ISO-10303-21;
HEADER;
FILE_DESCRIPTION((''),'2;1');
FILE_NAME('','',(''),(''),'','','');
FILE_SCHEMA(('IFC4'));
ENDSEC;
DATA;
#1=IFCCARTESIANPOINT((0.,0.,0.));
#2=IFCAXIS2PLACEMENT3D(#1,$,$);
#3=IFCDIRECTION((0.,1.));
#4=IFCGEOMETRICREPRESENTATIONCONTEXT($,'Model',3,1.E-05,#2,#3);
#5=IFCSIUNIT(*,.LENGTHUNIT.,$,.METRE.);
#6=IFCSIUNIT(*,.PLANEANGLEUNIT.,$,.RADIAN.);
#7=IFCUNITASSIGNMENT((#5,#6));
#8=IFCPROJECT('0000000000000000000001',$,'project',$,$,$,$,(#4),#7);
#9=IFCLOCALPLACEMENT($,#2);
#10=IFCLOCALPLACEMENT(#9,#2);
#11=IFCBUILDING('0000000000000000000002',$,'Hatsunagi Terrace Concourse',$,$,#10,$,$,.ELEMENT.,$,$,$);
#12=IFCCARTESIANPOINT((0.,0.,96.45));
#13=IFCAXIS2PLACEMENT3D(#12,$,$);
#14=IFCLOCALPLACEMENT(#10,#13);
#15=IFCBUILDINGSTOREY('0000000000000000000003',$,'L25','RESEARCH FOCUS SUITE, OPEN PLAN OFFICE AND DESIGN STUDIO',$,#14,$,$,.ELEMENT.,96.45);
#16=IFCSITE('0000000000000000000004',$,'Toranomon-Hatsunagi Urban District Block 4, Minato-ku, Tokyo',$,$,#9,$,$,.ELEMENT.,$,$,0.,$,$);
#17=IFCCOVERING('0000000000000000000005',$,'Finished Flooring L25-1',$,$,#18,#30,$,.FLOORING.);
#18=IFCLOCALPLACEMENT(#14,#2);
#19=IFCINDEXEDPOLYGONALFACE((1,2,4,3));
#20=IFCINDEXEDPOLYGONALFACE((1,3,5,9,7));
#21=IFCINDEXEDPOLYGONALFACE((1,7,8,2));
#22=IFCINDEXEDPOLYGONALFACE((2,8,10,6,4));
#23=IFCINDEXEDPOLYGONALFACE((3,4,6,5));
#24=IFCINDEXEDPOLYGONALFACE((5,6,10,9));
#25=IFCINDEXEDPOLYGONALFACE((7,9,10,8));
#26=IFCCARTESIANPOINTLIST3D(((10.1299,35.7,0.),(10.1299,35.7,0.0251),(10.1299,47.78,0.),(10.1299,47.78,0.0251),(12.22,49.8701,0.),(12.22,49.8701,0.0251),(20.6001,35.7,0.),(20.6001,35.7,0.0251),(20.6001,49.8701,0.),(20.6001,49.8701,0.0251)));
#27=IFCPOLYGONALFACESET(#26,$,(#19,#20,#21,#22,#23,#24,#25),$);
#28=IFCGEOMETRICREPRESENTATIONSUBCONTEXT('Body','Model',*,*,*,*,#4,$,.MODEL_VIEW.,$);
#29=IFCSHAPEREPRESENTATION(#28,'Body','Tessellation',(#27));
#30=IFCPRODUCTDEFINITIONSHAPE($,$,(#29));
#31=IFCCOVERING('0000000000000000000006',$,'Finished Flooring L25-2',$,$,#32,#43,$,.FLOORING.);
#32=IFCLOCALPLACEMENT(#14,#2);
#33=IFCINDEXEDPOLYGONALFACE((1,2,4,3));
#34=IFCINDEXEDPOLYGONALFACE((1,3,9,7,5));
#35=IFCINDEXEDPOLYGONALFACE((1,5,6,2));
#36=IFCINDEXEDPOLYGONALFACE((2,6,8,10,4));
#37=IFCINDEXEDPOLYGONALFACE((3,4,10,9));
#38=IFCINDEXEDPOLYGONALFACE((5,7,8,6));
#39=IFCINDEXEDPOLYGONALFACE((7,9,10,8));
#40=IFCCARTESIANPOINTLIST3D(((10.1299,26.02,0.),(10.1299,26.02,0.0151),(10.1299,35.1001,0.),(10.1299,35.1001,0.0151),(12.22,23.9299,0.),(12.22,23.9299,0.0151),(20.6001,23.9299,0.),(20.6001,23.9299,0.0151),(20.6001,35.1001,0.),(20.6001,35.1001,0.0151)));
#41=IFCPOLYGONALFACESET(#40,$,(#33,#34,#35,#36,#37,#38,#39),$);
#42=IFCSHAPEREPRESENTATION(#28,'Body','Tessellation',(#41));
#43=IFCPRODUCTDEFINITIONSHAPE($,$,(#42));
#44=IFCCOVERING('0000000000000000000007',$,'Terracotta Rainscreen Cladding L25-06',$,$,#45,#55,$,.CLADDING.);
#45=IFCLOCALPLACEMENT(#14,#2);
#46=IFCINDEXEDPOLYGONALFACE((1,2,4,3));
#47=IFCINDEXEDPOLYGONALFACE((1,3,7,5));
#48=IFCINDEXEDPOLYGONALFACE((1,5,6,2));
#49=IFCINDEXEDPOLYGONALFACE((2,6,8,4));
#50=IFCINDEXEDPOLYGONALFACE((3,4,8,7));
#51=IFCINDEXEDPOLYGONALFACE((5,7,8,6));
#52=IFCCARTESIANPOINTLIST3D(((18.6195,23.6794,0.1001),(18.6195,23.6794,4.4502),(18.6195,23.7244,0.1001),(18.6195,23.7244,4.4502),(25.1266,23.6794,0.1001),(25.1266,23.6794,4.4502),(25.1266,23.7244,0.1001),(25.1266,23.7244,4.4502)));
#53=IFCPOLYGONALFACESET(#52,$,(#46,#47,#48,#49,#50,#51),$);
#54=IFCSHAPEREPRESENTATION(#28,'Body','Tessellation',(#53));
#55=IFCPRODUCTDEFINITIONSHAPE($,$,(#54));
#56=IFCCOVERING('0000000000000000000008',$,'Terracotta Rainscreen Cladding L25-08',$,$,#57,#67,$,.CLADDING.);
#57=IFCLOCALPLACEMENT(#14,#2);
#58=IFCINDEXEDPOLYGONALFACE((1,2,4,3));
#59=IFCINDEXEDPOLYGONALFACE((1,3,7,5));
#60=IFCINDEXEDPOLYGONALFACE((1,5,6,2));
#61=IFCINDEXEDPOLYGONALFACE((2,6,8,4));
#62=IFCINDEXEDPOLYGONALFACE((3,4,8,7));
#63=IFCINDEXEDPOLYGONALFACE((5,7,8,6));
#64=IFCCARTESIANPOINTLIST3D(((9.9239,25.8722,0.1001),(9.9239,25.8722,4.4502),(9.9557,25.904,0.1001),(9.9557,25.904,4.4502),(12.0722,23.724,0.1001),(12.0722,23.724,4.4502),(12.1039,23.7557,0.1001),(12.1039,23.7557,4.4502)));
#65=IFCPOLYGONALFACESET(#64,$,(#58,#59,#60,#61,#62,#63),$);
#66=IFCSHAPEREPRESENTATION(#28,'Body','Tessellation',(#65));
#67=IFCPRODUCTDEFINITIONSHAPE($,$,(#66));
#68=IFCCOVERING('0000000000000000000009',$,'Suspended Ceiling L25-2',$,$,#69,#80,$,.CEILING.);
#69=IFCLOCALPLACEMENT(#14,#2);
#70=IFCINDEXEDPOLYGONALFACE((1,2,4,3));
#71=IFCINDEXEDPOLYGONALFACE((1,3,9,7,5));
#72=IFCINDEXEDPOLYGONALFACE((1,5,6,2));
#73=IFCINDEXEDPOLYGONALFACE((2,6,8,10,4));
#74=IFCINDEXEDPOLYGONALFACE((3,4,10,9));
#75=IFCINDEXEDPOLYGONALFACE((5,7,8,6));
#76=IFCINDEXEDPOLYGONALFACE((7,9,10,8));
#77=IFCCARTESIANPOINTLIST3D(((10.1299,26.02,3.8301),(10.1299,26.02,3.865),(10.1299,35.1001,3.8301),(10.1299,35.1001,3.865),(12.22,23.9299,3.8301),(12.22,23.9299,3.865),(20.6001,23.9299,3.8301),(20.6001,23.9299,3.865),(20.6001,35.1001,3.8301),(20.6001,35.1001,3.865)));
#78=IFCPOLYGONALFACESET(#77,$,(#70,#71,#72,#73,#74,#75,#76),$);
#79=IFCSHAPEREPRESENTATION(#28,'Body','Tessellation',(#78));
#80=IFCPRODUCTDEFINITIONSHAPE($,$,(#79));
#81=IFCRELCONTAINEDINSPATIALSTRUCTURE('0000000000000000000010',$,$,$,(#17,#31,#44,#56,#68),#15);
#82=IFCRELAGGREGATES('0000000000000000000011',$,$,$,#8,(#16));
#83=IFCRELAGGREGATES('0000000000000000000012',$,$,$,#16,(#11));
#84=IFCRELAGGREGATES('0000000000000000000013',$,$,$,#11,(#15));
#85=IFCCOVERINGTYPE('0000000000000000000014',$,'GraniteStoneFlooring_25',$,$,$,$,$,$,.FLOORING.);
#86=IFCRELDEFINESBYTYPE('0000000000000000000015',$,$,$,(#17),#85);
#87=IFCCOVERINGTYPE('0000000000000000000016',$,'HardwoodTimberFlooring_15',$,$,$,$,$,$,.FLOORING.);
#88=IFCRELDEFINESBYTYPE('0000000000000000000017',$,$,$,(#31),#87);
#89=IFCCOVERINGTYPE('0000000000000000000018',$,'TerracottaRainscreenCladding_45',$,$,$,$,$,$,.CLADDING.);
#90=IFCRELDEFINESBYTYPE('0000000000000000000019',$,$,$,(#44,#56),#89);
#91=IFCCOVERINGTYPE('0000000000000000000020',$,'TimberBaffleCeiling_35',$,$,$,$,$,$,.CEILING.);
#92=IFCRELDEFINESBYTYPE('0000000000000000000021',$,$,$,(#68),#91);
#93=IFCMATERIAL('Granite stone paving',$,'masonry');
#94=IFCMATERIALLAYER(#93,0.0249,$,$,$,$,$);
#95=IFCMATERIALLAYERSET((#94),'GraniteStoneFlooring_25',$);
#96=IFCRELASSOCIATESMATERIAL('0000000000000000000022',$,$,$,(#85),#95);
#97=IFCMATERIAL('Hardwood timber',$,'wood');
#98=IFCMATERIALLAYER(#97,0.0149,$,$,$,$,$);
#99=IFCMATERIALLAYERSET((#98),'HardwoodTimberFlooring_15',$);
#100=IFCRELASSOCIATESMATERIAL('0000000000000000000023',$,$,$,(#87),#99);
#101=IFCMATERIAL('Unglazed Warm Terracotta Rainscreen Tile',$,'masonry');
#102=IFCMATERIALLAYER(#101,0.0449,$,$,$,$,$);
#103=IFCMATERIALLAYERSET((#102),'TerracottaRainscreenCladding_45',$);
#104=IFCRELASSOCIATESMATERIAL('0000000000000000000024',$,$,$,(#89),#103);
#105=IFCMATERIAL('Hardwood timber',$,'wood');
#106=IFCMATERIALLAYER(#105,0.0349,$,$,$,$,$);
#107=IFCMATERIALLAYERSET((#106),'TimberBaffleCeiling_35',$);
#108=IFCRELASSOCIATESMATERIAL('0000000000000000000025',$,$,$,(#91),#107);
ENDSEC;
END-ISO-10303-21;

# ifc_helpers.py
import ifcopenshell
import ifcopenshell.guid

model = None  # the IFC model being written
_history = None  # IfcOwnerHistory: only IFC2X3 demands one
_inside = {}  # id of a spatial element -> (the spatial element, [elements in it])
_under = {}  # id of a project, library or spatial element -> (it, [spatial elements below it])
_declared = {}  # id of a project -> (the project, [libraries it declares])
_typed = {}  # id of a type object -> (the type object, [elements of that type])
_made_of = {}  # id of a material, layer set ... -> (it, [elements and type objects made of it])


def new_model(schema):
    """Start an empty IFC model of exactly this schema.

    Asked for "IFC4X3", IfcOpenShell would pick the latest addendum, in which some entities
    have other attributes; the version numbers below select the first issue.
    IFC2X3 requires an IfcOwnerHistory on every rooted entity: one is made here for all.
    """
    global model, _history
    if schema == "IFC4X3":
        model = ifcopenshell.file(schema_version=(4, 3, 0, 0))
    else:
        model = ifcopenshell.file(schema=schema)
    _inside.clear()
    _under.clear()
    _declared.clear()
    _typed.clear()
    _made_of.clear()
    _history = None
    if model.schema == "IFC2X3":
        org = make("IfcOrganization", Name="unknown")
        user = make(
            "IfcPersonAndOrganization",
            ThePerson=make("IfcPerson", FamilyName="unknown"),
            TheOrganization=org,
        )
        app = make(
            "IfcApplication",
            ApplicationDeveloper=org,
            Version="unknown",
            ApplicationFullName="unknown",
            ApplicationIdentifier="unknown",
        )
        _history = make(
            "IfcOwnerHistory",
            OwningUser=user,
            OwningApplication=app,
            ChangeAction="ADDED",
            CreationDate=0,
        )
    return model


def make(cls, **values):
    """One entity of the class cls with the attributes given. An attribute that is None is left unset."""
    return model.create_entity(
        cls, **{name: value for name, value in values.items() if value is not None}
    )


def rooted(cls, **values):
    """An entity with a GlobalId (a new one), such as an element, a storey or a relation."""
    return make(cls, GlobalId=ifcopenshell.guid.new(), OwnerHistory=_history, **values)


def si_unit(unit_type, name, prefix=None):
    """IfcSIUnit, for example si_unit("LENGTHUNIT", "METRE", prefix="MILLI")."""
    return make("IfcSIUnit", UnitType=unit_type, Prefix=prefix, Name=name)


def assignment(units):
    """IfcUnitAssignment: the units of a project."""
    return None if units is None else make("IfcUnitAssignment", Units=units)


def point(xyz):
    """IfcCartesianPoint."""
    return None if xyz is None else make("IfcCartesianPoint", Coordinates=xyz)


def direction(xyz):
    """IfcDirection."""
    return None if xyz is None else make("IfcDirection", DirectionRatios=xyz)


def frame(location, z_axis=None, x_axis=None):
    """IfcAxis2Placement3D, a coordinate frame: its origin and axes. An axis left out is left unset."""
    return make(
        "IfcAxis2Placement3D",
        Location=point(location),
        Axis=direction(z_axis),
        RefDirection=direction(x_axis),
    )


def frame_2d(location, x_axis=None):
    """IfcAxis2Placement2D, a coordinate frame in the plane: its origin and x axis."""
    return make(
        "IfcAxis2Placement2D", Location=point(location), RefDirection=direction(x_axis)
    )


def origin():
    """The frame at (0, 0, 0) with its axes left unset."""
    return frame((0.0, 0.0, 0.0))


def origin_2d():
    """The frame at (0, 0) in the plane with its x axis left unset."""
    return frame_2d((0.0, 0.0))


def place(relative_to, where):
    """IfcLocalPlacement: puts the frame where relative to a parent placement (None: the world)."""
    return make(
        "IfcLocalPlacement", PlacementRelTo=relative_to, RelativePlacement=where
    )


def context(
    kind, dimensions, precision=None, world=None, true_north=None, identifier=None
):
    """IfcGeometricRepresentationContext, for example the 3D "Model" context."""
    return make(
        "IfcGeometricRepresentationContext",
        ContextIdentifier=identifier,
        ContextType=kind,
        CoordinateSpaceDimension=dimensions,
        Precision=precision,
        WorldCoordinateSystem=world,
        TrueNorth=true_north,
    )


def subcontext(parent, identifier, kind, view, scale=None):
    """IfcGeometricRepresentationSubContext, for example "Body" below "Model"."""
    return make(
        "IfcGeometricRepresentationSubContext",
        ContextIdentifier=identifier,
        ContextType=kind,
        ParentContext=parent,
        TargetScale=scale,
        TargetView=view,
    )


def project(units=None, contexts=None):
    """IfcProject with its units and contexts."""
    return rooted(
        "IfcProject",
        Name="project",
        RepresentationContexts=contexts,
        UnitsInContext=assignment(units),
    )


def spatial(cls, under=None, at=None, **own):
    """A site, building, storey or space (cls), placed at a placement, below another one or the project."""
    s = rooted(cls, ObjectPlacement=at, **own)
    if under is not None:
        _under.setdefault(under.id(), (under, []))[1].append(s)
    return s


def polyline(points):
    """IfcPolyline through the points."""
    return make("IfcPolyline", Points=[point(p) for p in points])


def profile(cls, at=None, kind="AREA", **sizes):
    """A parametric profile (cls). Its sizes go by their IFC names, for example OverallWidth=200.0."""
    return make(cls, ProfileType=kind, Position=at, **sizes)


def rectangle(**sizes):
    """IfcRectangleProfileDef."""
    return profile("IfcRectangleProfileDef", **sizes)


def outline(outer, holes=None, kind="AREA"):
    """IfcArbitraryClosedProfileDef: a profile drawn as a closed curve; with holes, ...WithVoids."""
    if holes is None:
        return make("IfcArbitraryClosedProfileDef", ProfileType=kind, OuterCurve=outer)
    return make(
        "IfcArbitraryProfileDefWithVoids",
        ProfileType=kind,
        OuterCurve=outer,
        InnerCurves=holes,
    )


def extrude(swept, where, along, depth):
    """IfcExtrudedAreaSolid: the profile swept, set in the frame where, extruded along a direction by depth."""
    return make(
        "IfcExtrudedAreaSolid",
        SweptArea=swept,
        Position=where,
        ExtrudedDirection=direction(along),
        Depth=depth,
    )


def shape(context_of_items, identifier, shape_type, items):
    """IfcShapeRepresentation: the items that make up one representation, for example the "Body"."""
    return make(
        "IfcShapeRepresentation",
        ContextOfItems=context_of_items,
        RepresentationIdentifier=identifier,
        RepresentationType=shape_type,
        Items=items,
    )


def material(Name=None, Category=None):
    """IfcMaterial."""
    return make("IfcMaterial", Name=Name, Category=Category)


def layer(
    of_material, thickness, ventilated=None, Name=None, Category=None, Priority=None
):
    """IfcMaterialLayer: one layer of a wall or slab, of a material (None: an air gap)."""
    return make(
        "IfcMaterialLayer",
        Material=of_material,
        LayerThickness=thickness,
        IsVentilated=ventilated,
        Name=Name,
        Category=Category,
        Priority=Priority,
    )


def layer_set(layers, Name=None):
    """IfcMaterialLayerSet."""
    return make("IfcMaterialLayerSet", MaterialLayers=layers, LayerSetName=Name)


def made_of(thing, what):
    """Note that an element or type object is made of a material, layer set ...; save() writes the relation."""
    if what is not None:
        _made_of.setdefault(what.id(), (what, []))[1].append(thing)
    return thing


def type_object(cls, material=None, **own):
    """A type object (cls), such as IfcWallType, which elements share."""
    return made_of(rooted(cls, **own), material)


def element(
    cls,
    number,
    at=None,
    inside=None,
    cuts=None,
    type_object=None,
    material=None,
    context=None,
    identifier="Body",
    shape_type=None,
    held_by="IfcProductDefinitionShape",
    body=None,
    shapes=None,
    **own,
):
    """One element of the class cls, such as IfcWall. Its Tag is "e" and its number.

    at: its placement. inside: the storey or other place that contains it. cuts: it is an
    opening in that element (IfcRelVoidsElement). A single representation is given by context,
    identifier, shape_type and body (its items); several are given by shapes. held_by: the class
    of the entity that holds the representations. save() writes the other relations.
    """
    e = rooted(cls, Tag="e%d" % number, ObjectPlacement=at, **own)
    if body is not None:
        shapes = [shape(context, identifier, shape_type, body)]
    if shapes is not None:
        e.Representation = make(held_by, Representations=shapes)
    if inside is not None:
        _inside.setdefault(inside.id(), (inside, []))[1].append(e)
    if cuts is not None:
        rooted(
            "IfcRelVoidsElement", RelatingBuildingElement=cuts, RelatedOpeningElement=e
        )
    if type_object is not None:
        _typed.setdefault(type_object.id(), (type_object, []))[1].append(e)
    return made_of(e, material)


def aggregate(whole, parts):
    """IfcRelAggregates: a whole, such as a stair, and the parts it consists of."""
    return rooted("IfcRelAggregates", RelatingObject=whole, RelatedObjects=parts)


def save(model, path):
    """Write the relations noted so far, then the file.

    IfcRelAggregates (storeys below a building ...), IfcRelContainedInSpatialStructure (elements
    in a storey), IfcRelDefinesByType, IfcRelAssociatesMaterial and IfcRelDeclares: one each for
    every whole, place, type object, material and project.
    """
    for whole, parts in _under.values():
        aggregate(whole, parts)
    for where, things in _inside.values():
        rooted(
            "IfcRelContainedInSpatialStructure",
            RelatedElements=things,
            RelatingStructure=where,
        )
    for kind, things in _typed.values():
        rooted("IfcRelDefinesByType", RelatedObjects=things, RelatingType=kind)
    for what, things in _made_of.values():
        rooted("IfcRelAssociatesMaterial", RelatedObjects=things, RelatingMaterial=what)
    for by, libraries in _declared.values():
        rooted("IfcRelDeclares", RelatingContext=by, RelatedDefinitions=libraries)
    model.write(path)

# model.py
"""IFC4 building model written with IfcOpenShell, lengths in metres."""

from ifc_helpers import new_model, si_unit, direction, frame, origin, origin_2d, place, context, subcontext, project, spatial, polyline, rectangle, outline, extrude, material, layer, layer_set, type_object, element, save


model = new_model("IFC4")

# Units and contexts
model_context = context("Model", 3, precision=1e-05, world=origin(), true_north=direction((0.0, 1.0)))
body_context = subcontext(model_context, "Body", "Model", "MODEL_VIEW")
ifc_project = project(units=[si_unit("LENGTHUNIT", "METRE"), si_unit("PLANEANGLEUNIT", "RADIAN")], contexts=[model_context])

# Site, building, storey
site_placement = place(None, origin())
site = spatial("IfcSite", under=ifc_project, at=site_placement, Name="Toranomon-Hatsunagi Urban District Block 4, Minato-ku, Tokyo", CompositionType="ELEMENT", RefElevation=0.0)
building_placement = place(site_placement, origin())
building = spatial("IfcBuilding", under=site, at=building_placement, Name="Hatsunagi Terrace Concourse", CompositionType="ELEMENT")
storey_placement = place(building_placement, frame((0.0, 0.0, 96.45)))
storey = spatial("IfcBuildingStorey", under=building, at=storey_placement, Name="L25", Description="RESEARCH FOCUS SUITE, OPEN PLAN OFFICE AND DESIGN STUDIO", CompositionType="ELEMENT", Elevation=96.45)

# Coverings
ifc_material_1 = material(Name="Granite stone paving", Category="masonry")
ifc_layer_1 = layer(ifc_material_1, 0.0249)
ifc_layer_set_1 = layer_set([ifc_layer_1], Name="GraniteStoneFlooring_25")
covering_type_1 = type_object("IfcCoveringType", Name="GraniteStoneFlooring_25", PredefinedType="FLOORING", material=ifc_layer_set_1)
covering_1_placement = place(storey_placement, origin())
element("IfcCovering", 1, at=covering_1_placement, inside=storey, type_object=covering_type_1, Name="Finished Flooring L25-1", PredefinedType="FLOORING", context=body_context, shape_type="SweptSolid", body=[
    extrude(outline(polyline([(10.1299, 47.78), (10.1299, 35.7), (20.6001, 35.7), (20.6001, 49.8701), (12.22, 49.8701), (10.1299, 47.78)])), origin(), (0.0, 0.0, 1.0), 0.0251),
])
ifc_material_2 = material(Name="Hardwood timber", Category="wood")
ifc_layer_2 = layer(ifc_material_2, 0.0149)
ifc_layer_set_2 = layer_set([ifc_layer_2], Name="HardwoodTimberFlooring_15")
covering_type_2 = type_object("IfcCoveringType", Name="HardwoodTimberFlooring_15", PredefinedType="FLOORING", material=ifc_layer_set_2)
covering_2_placement = place(storey_placement, origin())
element("IfcCovering", 2, at=covering_2_placement, inside=storey, type_object=covering_type_2, Name="Finished Flooring L25-2", PredefinedType="FLOORING", context=body_context, shape_type="SweptSolid", body=[
    extrude(outline(polyline([(12.22, 23.9299), (20.6001, 23.9299), (20.6001, 35.1001), (10.1299, 35.1001), (10.1299, 26.02), (12.22, 23.9299)])), origin(), (0.0, 0.0, 1.0), 0.0151),
])
ifc_material_3 = material(Name="Unglazed Warm Terracotta Rainscreen Tile", Category="masonry")
ifc_layer_3 = layer(ifc_material_3, 0.0449)
ifc_layer_set_3 = layer_set([ifc_layer_3], Name="TerracottaRainscreenCladding_45")
covering_type_3 = type_object("IfcCoveringType", Name="TerracottaRainscreenCladding_45", PredefinedType="CLADDING", material=ifc_layer_set_3)
covering_3_placement = place(storey_placement, frame((21.873, 23.7019, 0.1001), z_axis=(0.0, 0.0, 1.0), x_axis=(-1.0, 0.0, 0.0)))
element("IfcCovering", 3, at=covering_3_placement, inside=storey, type_object=covering_type_3, Name="Terracotta Rainscreen Cladding L25-06", PredefinedType="CLADDING", context=body_context, shape_type="SweptSolid", body=[
    extrude(rectangle(XDim=6.5071, YDim=0.0449, at=origin_2d()), origin(), (0.0, 0.0, 1.0), 4.3501),
])
covering_4_placement = place(storey_placement, frame((11.0139, 24.814, 0.1001), z_axis=(0.0, 0.0, 1.0), x_axis=(-0.707107, 0.707107, 0.0)))
element("IfcCovering", 4, at=covering_4_placement, inside=storey, type_object=covering_type_3, Name="Terracotta Rainscreen Cladding L25-08", PredefinedType="CLADDING", context=body_context, shape_type="SweptSolid", body=[
    extrude(rectangle(XDim=3.0381, YDim=0.0449, at=origin_2d()), origin(), (0.0, 0.0, 1.0), 4.3501),
])
ifc_material_4 = material(Name="Hardwood timber", Category="wood")
ifc_layer_4 = layer(ifc_material_4, 0.0349)
ifc_layer_set_4 = layer_set([ifc_layer_4], Name="TimberBaffleCeiling_35")
covering_type_4 = type_object("IfcCoveringType", Name="TimberBaffleCeiling_35", PredefinedType="CEILING", material=ifc_layer_set_4)
covering_5_placement = place(storey_placement, frame((0.0, 0.0, 3.8301)))
element("IfcCovering", 5, at=covering_5_placement, inside=storey, type_object=covering_type_4, Name="Suspended Ceiling L25-2", PredefinedType="CEILING", context=body_context, shape_type="SweptSolid", body=[
    extrude(outline(polyline([(12.22, 23.9299), (20.6001, 23.9299), (20.6001, 35.1001), (10.1299, 35.1001), (10.1299, 26.02), (12.22, 23.9299)])), origin(), (0.0, 0.0, 1.0), 0.0349),
])

save(model, "model.ifc")
